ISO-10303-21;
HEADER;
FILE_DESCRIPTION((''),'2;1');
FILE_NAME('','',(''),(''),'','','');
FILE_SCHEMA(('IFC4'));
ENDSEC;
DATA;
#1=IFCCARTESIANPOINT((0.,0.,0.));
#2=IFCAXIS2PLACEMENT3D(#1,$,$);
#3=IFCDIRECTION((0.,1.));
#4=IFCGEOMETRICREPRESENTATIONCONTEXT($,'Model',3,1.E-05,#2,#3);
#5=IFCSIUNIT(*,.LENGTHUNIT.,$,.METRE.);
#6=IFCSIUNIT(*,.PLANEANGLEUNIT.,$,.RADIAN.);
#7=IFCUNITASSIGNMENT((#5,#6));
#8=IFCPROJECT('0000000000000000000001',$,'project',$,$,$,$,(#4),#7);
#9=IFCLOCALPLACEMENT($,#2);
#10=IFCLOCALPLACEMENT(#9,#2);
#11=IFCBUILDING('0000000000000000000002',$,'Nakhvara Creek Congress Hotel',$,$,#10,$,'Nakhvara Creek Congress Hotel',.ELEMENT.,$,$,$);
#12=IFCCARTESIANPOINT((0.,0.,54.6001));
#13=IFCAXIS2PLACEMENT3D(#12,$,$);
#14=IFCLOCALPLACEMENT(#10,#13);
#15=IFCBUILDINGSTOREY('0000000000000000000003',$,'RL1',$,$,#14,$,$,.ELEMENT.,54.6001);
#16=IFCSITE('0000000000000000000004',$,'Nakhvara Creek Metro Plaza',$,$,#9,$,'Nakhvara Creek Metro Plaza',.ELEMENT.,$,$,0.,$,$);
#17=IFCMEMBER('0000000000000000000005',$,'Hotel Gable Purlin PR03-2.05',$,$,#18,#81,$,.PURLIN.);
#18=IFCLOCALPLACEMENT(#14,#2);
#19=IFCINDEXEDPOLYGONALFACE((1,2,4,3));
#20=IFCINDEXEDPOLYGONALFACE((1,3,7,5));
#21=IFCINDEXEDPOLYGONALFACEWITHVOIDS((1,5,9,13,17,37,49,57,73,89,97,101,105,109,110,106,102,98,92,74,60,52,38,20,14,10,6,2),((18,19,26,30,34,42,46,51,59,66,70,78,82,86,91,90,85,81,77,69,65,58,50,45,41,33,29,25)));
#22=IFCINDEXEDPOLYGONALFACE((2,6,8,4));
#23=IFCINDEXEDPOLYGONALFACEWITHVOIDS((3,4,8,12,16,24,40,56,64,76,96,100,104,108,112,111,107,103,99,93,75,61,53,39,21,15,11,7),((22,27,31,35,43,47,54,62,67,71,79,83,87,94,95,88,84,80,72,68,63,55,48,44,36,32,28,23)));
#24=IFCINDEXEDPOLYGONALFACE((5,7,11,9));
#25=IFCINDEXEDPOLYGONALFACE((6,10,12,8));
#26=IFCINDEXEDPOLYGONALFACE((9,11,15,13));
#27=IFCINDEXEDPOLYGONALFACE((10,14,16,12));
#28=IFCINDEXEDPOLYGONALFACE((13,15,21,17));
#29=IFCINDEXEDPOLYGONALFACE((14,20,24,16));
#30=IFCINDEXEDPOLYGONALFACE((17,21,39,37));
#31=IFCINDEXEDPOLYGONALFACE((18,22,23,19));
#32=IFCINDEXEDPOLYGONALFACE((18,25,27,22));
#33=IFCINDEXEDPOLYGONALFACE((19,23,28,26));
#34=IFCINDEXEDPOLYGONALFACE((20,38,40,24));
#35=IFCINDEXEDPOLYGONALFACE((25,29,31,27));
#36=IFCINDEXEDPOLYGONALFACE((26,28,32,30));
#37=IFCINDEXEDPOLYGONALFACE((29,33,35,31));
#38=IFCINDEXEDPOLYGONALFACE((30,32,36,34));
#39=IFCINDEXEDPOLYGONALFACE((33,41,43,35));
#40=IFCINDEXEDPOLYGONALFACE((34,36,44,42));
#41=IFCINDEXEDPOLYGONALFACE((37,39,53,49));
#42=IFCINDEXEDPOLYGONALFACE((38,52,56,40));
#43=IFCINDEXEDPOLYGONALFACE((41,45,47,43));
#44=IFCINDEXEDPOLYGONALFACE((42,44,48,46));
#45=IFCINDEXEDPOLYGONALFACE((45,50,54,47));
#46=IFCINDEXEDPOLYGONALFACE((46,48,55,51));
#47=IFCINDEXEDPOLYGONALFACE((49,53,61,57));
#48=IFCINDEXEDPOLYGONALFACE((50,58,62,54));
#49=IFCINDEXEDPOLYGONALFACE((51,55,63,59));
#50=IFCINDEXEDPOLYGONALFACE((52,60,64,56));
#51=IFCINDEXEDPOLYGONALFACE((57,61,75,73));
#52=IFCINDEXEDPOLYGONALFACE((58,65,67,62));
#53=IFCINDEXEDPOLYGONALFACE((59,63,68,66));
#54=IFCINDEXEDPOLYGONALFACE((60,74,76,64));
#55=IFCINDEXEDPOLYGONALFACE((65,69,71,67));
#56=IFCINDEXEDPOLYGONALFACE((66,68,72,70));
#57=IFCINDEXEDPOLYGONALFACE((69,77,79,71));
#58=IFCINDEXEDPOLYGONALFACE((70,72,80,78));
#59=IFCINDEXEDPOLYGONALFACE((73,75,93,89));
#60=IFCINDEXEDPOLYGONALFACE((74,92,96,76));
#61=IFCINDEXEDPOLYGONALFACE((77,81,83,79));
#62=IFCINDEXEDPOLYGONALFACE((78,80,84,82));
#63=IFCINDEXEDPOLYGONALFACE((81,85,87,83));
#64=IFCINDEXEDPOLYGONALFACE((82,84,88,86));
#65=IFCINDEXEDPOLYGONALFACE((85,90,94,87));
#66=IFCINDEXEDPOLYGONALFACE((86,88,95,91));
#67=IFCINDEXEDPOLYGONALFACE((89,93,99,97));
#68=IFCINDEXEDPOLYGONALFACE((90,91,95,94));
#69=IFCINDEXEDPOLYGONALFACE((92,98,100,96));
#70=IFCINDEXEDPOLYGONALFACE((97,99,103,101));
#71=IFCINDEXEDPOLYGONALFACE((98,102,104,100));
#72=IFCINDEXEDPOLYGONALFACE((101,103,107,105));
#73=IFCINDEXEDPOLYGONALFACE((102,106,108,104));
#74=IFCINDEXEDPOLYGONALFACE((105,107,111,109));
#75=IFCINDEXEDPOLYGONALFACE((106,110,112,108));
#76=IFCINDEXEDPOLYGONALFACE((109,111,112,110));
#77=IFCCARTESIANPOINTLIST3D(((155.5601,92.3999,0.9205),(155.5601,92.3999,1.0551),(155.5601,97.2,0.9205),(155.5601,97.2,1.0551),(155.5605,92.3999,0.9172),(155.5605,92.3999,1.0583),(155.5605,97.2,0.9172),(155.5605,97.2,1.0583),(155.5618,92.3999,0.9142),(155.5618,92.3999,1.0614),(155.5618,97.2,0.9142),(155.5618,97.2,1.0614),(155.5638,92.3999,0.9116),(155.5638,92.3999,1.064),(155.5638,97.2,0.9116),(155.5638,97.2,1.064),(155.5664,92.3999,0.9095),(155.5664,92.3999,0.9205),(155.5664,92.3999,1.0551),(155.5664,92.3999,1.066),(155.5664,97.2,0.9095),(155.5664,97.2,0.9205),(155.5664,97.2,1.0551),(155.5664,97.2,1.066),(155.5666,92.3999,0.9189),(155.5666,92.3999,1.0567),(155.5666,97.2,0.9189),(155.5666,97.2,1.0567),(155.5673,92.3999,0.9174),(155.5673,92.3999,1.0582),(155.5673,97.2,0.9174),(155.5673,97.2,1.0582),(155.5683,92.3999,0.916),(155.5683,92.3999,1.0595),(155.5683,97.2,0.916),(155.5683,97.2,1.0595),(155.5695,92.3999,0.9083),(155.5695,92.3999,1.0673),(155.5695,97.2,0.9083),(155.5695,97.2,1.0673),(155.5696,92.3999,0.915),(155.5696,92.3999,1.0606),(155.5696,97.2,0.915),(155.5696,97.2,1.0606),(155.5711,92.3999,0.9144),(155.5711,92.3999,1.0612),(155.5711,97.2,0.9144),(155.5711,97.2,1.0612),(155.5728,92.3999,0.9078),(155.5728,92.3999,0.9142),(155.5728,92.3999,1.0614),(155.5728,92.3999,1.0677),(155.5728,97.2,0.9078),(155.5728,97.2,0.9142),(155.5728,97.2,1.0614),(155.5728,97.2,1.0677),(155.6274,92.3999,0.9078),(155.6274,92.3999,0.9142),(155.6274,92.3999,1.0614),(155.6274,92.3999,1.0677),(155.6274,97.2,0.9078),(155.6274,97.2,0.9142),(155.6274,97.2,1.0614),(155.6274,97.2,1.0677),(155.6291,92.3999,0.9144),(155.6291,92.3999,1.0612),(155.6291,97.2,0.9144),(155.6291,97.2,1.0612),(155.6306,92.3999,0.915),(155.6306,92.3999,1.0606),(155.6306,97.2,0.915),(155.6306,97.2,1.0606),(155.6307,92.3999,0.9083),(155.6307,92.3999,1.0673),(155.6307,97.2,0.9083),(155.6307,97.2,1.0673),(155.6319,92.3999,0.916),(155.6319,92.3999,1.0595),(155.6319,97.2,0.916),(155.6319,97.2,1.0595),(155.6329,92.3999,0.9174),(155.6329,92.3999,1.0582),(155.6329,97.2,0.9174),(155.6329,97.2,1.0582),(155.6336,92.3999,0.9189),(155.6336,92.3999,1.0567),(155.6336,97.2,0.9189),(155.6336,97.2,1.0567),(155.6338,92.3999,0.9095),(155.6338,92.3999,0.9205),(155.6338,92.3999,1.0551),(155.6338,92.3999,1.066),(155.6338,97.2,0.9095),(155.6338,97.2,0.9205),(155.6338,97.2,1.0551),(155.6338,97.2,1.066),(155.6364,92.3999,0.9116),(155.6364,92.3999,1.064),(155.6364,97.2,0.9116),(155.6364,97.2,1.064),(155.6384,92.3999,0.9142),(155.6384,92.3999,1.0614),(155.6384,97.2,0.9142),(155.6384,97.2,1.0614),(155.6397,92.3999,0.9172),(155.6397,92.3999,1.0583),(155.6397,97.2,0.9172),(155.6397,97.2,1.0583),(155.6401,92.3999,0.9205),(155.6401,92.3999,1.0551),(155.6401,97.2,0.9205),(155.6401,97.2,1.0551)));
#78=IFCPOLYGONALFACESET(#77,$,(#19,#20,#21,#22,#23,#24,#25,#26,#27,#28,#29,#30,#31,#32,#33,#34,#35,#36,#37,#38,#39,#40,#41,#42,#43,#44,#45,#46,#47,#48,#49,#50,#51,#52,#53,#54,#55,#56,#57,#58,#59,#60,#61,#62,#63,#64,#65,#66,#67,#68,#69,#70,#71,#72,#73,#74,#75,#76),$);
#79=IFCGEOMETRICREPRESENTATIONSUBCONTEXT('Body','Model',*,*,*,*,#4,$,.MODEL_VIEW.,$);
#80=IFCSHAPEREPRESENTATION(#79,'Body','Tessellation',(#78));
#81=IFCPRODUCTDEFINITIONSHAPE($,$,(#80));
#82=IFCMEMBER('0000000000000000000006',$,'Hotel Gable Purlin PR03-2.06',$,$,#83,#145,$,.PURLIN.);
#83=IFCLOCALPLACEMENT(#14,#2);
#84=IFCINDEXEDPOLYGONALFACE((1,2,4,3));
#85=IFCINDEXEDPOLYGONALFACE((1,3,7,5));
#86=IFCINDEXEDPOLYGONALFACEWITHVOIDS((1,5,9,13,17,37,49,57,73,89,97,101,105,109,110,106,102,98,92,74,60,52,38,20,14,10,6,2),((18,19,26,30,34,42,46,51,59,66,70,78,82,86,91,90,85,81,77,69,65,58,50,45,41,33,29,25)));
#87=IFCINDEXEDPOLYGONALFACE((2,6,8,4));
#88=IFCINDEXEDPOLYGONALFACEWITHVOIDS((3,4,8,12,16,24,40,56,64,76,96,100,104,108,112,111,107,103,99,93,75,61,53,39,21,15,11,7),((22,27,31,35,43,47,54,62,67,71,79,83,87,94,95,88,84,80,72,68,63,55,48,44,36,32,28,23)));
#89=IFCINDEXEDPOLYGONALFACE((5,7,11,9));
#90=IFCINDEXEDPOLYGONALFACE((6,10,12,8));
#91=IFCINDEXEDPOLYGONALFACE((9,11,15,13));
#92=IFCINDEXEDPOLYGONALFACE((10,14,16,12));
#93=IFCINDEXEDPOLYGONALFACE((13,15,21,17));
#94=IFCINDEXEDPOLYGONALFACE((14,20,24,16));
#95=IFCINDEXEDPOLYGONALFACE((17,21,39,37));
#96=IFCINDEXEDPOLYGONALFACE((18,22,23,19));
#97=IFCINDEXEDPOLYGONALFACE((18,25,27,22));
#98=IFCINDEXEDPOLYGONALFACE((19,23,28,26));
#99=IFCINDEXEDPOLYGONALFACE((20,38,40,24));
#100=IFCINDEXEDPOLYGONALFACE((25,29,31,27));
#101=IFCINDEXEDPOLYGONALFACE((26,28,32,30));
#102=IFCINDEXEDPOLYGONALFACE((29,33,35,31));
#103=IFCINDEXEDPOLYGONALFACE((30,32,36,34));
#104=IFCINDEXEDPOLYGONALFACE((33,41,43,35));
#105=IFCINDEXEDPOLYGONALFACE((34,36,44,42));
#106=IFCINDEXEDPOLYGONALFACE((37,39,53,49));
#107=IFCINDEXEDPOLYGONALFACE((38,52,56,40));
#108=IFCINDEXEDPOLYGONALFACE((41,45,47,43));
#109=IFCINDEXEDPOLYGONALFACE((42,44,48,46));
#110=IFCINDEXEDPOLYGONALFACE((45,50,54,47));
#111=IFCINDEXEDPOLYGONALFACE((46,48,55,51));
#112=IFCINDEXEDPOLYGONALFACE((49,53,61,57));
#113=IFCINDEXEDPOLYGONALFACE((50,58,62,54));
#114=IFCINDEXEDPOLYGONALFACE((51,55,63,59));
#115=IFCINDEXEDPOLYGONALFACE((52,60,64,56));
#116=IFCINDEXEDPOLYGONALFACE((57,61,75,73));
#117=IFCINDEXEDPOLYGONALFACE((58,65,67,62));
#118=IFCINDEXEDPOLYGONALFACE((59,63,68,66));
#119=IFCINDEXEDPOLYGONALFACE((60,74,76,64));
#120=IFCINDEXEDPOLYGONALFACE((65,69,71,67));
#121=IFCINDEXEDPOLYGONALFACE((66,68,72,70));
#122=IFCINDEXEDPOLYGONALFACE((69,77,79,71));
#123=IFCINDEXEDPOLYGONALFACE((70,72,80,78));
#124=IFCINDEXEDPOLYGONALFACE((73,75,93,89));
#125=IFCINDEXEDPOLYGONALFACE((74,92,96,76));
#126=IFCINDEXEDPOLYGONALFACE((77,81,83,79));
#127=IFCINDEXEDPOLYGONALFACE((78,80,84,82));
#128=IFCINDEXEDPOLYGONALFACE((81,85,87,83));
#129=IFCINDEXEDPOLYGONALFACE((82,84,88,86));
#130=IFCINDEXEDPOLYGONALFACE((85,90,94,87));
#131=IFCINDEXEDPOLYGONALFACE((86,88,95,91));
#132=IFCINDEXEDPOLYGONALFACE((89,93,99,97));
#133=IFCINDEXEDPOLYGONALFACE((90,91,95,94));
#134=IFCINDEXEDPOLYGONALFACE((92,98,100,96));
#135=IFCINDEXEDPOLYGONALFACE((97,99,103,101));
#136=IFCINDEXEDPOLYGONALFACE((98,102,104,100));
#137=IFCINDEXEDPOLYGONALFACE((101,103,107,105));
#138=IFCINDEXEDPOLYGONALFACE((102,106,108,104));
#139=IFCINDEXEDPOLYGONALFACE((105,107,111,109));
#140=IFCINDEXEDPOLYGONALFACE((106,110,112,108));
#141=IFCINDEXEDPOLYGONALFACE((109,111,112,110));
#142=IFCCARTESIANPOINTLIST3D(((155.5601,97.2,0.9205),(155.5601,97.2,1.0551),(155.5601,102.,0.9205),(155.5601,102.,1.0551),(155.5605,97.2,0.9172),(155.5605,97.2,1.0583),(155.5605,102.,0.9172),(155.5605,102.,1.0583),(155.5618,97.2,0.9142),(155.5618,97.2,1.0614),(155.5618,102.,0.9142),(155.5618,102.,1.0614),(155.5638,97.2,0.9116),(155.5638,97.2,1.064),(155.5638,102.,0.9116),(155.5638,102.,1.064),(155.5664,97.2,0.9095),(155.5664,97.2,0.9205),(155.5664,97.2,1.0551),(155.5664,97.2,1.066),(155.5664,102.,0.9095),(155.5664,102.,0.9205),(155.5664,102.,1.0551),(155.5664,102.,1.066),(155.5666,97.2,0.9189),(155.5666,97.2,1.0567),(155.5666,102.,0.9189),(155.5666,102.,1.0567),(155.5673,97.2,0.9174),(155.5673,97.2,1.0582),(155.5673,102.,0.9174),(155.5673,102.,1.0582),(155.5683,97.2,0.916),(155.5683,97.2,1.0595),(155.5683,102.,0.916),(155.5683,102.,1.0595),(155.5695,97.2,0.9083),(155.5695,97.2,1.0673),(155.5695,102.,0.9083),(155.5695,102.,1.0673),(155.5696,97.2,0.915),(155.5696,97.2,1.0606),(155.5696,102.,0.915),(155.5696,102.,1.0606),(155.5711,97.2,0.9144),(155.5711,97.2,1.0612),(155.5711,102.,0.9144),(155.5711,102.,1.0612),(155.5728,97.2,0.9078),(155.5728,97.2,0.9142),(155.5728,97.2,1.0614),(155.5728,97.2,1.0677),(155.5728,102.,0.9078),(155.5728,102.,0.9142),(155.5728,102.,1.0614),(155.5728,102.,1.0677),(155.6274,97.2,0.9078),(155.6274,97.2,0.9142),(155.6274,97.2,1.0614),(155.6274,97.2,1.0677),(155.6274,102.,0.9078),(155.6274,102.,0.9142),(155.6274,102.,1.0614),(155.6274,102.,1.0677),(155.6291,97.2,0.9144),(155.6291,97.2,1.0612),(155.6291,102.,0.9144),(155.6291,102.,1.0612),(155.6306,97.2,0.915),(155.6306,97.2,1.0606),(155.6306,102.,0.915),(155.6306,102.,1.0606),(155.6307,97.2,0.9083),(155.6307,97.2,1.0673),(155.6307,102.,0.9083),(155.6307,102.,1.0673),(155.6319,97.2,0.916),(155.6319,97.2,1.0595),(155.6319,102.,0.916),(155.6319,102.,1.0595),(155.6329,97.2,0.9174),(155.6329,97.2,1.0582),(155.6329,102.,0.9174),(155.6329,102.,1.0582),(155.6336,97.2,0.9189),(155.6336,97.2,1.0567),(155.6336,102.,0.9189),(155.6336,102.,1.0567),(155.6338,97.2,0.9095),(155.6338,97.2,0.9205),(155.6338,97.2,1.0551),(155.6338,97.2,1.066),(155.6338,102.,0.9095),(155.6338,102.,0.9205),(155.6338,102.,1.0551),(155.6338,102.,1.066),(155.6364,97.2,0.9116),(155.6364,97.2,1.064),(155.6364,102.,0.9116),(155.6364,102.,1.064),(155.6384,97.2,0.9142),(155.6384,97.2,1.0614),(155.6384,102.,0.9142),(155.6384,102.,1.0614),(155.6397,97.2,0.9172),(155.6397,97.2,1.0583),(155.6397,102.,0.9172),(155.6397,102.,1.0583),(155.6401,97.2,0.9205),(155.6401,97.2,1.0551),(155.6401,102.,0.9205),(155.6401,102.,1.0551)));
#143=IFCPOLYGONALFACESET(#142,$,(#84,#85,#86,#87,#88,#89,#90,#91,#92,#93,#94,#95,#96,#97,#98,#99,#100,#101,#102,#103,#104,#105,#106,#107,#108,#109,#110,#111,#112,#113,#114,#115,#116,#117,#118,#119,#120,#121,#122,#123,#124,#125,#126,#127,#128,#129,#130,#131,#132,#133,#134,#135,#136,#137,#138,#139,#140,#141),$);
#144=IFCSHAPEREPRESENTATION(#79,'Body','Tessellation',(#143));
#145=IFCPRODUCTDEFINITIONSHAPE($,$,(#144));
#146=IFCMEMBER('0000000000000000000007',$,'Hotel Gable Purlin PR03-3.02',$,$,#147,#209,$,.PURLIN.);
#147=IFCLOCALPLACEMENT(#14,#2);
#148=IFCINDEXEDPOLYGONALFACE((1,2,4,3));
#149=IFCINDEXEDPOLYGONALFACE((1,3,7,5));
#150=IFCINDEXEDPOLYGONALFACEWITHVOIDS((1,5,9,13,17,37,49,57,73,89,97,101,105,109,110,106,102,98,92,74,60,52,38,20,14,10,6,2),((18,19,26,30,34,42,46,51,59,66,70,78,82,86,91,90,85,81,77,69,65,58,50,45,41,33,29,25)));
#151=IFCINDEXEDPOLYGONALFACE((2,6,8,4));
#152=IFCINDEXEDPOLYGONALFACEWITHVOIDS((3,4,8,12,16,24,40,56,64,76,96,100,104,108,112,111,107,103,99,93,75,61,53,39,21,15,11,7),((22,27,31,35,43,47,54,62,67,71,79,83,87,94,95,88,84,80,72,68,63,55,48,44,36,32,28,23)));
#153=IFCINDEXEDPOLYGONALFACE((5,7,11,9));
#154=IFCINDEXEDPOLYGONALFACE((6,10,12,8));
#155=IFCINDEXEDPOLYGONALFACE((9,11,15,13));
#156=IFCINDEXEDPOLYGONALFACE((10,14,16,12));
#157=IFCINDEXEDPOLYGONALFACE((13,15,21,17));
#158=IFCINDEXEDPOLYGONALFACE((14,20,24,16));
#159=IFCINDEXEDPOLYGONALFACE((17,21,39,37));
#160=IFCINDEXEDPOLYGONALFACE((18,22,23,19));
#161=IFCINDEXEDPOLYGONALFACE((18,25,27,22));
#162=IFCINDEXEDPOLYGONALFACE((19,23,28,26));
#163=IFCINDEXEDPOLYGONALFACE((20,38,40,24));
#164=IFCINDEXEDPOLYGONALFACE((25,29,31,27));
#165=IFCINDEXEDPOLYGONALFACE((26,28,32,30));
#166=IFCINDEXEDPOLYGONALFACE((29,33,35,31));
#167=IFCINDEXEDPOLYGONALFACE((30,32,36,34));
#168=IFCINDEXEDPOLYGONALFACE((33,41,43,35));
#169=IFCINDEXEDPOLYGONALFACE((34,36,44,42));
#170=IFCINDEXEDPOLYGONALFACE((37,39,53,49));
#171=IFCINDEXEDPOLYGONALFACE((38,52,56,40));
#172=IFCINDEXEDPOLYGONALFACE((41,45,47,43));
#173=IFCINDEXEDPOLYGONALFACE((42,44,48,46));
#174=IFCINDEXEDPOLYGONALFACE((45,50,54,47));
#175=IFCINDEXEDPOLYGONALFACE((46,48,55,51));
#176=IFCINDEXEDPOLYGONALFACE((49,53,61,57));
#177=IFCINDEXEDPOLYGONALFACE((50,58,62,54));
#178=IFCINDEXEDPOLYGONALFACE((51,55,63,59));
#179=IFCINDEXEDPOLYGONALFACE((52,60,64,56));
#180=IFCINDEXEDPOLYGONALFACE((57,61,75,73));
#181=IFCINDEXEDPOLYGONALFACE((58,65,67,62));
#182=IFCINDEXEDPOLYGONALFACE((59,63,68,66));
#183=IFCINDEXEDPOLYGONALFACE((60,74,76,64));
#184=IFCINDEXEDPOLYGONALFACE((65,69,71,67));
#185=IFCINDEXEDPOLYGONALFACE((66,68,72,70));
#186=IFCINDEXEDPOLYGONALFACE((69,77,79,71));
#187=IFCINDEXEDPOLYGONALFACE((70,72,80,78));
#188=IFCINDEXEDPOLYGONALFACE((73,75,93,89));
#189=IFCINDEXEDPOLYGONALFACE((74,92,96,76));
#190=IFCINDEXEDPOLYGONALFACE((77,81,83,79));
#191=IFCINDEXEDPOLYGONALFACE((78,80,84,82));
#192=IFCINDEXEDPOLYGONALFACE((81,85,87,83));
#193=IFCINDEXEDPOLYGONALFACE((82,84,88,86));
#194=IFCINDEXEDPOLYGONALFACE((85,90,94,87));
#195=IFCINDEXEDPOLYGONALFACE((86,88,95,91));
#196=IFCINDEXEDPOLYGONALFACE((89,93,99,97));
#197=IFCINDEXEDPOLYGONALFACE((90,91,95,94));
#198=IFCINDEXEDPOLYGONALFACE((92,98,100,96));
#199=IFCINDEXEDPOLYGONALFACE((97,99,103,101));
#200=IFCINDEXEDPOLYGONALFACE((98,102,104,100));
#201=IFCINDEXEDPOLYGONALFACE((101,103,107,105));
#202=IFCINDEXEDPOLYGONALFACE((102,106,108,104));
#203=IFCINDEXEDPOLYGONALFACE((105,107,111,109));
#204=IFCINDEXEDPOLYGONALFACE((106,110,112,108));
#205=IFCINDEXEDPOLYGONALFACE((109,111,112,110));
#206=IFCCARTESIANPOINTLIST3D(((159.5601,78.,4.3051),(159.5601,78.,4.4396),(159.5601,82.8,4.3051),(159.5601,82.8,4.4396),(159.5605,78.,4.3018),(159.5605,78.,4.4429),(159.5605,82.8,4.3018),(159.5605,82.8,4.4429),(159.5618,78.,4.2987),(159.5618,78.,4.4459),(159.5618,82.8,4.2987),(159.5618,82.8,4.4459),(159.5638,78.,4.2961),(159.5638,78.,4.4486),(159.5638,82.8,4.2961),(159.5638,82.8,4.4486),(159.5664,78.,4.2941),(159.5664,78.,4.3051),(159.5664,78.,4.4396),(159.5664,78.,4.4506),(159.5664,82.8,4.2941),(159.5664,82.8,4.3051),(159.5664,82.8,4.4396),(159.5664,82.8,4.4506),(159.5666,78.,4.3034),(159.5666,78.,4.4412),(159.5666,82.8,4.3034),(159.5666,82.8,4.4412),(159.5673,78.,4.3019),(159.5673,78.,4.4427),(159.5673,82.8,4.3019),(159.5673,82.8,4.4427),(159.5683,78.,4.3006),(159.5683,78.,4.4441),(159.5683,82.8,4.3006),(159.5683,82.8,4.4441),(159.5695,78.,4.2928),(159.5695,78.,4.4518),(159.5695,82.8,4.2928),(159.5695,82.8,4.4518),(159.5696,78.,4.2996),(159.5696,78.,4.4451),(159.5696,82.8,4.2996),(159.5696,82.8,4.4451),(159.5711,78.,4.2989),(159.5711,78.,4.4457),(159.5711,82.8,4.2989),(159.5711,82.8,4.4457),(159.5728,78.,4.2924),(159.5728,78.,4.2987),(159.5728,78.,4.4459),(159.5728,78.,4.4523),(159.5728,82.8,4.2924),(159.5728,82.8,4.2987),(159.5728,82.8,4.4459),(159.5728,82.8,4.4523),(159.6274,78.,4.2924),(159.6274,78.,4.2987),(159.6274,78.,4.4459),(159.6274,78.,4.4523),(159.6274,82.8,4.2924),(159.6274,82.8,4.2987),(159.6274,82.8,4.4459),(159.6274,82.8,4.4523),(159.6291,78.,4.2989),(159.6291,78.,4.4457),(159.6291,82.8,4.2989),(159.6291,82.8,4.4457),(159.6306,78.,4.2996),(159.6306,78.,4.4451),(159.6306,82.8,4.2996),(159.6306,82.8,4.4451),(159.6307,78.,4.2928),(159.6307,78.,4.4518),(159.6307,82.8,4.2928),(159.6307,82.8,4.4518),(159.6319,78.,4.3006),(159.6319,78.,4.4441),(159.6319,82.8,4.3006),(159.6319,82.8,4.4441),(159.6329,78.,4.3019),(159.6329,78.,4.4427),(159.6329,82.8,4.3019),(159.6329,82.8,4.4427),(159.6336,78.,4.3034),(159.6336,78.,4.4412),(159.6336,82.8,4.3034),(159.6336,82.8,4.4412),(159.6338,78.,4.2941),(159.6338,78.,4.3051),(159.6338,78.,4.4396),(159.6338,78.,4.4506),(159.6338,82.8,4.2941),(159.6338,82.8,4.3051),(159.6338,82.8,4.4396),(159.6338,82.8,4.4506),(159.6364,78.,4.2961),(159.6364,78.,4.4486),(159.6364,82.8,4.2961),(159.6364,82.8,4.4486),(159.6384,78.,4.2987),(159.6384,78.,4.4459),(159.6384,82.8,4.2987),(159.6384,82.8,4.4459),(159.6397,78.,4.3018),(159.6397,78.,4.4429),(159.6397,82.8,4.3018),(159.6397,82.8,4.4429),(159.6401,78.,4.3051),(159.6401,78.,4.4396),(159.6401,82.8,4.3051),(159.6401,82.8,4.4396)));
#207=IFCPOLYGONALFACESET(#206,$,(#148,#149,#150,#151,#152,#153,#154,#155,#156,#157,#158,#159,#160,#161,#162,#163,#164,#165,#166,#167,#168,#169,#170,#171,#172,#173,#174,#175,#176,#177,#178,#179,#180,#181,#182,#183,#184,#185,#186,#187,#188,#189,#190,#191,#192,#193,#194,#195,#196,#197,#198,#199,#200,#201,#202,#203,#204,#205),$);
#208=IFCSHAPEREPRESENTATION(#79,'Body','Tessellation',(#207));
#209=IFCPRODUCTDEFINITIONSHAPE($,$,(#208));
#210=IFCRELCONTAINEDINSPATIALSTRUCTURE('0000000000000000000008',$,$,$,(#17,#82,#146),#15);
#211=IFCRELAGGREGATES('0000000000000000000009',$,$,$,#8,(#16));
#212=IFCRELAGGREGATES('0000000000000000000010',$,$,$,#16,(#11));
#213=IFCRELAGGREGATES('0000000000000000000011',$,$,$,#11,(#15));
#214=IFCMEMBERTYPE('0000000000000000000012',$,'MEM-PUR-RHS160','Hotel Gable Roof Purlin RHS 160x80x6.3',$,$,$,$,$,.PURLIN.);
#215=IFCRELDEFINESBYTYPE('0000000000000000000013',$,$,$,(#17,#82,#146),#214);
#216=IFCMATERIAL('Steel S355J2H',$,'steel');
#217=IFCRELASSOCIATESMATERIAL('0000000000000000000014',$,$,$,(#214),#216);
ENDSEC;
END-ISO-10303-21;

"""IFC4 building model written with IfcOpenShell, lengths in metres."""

from ifc_helpers import new_model, si_unit, direction, frame, origin, origin_2d, place, context, subcontext, project, spatial, hollow_rectangle, extrude, material, material_profile, profile_set, type_object, element, save


model = new_model("IFC4")

# Units and contexts
model_context = context("Model", 3, precision=1e-05, world=origin(), true_north=direction((0.0, 1.0)))
body_context = subcontext(model_context, "Body", "Model", "MODEL_VIEW")
ifc_project = project(units=[si_unit("LENGTHUNIT", "METRE"), si_unit("PLANEANGLEUNIT", "RADIAN")], contexts=[model_context])

# Site, building, storey
site_placement = place(None, origin())
site = spatial("IfcSite", under=ifc_project, at=site_placement, Name="Nakhvara Creek Metro Plaza", LongName="Nakhvara Creek Metro Plaza", CompositionType="ELEMENT", RefElevation=0.0)
building_placement = place(site_placement, origin())
building = spatial("IfcBuilding", under=site, at=building_placement, Name="Nakhvara Creek Congress Hotel", LongName="Nakhvara Creek Congress Hotel", CompositionType="ELEMENT")
storey_placement = place(building_placement, frame((0.0, 0.0, 54.6001)))
storey = spatial("IfcBuildingStorey", under=building, at=storey_placement, Name="RL1", CompositionType="ELEMENT", Elevation=54.6001)

# Members
ifc_material_1 = material(Name="Steel S355J2H", Category="steel")
ifc_material_profile_1 = material_profile(ifc_material_1, hollow_rectangle(XDim=0.0801, YDim=0.1599, WallThickness=0.0063, InnerFilletRadius=0.0063, OuterFilletRadius=0.0127, at=origin_2d()), Name="RHS 160x80x6.3", Category="LoadBearing")
ifc_profile_set_1 = profile_set([ifc_material_profile_1], Name="Steel S355J2H")
member_type_1 = type_object("IfcMemberType", Name="MEM-PUR-RHS160", Description="Hotel Gable Roof Purlin RHS 160x80x6.3", PredefinedType="PURLIN", material=ifc_profile_set_1)
for number, where, z_axis, x_axis, name in (
    (1, (155.6001, 92.3999, 0.9878), (0.0, 1.0, 0.0), (-1.0, 0.0, 0.0), "Hotel Gable Purlin PR03-2.05"),
    (2, (155.6001, 97.2, 0.9878), (0.0, 1.0, 0.0), (-1.0, 0.0, 0.0), "Hotel Gable Purlin PR03-2.06"),
    (3, (159.6001, 78.0, 4.3723), (0.0, 1.0, 0.0), (-1.0, 0.0, 0.0), "Hotel Gable Purlin PR03-3.02"),
):
    element("IfcMember", number, at=place(storey_placement, frame(where, z_axis=z_axis, x_axis=x_axis)), inside=storey, type_object=member_type_1, Name=name, PredefinedType="PURLIN", context=body_context, shape_type="SweptSolid", body=[
        extrude(hollow_rectangle(XDim=0.0801, YDim=0.1599, WallThickness=0.0063, InnerFilletRadius=0.0063, OuterFilletRadius=0.0127, at=origin_2d()), origin(), (0.0, 0.0, 1.0), 4.8),
    ])

save(model, "model.ifc")
